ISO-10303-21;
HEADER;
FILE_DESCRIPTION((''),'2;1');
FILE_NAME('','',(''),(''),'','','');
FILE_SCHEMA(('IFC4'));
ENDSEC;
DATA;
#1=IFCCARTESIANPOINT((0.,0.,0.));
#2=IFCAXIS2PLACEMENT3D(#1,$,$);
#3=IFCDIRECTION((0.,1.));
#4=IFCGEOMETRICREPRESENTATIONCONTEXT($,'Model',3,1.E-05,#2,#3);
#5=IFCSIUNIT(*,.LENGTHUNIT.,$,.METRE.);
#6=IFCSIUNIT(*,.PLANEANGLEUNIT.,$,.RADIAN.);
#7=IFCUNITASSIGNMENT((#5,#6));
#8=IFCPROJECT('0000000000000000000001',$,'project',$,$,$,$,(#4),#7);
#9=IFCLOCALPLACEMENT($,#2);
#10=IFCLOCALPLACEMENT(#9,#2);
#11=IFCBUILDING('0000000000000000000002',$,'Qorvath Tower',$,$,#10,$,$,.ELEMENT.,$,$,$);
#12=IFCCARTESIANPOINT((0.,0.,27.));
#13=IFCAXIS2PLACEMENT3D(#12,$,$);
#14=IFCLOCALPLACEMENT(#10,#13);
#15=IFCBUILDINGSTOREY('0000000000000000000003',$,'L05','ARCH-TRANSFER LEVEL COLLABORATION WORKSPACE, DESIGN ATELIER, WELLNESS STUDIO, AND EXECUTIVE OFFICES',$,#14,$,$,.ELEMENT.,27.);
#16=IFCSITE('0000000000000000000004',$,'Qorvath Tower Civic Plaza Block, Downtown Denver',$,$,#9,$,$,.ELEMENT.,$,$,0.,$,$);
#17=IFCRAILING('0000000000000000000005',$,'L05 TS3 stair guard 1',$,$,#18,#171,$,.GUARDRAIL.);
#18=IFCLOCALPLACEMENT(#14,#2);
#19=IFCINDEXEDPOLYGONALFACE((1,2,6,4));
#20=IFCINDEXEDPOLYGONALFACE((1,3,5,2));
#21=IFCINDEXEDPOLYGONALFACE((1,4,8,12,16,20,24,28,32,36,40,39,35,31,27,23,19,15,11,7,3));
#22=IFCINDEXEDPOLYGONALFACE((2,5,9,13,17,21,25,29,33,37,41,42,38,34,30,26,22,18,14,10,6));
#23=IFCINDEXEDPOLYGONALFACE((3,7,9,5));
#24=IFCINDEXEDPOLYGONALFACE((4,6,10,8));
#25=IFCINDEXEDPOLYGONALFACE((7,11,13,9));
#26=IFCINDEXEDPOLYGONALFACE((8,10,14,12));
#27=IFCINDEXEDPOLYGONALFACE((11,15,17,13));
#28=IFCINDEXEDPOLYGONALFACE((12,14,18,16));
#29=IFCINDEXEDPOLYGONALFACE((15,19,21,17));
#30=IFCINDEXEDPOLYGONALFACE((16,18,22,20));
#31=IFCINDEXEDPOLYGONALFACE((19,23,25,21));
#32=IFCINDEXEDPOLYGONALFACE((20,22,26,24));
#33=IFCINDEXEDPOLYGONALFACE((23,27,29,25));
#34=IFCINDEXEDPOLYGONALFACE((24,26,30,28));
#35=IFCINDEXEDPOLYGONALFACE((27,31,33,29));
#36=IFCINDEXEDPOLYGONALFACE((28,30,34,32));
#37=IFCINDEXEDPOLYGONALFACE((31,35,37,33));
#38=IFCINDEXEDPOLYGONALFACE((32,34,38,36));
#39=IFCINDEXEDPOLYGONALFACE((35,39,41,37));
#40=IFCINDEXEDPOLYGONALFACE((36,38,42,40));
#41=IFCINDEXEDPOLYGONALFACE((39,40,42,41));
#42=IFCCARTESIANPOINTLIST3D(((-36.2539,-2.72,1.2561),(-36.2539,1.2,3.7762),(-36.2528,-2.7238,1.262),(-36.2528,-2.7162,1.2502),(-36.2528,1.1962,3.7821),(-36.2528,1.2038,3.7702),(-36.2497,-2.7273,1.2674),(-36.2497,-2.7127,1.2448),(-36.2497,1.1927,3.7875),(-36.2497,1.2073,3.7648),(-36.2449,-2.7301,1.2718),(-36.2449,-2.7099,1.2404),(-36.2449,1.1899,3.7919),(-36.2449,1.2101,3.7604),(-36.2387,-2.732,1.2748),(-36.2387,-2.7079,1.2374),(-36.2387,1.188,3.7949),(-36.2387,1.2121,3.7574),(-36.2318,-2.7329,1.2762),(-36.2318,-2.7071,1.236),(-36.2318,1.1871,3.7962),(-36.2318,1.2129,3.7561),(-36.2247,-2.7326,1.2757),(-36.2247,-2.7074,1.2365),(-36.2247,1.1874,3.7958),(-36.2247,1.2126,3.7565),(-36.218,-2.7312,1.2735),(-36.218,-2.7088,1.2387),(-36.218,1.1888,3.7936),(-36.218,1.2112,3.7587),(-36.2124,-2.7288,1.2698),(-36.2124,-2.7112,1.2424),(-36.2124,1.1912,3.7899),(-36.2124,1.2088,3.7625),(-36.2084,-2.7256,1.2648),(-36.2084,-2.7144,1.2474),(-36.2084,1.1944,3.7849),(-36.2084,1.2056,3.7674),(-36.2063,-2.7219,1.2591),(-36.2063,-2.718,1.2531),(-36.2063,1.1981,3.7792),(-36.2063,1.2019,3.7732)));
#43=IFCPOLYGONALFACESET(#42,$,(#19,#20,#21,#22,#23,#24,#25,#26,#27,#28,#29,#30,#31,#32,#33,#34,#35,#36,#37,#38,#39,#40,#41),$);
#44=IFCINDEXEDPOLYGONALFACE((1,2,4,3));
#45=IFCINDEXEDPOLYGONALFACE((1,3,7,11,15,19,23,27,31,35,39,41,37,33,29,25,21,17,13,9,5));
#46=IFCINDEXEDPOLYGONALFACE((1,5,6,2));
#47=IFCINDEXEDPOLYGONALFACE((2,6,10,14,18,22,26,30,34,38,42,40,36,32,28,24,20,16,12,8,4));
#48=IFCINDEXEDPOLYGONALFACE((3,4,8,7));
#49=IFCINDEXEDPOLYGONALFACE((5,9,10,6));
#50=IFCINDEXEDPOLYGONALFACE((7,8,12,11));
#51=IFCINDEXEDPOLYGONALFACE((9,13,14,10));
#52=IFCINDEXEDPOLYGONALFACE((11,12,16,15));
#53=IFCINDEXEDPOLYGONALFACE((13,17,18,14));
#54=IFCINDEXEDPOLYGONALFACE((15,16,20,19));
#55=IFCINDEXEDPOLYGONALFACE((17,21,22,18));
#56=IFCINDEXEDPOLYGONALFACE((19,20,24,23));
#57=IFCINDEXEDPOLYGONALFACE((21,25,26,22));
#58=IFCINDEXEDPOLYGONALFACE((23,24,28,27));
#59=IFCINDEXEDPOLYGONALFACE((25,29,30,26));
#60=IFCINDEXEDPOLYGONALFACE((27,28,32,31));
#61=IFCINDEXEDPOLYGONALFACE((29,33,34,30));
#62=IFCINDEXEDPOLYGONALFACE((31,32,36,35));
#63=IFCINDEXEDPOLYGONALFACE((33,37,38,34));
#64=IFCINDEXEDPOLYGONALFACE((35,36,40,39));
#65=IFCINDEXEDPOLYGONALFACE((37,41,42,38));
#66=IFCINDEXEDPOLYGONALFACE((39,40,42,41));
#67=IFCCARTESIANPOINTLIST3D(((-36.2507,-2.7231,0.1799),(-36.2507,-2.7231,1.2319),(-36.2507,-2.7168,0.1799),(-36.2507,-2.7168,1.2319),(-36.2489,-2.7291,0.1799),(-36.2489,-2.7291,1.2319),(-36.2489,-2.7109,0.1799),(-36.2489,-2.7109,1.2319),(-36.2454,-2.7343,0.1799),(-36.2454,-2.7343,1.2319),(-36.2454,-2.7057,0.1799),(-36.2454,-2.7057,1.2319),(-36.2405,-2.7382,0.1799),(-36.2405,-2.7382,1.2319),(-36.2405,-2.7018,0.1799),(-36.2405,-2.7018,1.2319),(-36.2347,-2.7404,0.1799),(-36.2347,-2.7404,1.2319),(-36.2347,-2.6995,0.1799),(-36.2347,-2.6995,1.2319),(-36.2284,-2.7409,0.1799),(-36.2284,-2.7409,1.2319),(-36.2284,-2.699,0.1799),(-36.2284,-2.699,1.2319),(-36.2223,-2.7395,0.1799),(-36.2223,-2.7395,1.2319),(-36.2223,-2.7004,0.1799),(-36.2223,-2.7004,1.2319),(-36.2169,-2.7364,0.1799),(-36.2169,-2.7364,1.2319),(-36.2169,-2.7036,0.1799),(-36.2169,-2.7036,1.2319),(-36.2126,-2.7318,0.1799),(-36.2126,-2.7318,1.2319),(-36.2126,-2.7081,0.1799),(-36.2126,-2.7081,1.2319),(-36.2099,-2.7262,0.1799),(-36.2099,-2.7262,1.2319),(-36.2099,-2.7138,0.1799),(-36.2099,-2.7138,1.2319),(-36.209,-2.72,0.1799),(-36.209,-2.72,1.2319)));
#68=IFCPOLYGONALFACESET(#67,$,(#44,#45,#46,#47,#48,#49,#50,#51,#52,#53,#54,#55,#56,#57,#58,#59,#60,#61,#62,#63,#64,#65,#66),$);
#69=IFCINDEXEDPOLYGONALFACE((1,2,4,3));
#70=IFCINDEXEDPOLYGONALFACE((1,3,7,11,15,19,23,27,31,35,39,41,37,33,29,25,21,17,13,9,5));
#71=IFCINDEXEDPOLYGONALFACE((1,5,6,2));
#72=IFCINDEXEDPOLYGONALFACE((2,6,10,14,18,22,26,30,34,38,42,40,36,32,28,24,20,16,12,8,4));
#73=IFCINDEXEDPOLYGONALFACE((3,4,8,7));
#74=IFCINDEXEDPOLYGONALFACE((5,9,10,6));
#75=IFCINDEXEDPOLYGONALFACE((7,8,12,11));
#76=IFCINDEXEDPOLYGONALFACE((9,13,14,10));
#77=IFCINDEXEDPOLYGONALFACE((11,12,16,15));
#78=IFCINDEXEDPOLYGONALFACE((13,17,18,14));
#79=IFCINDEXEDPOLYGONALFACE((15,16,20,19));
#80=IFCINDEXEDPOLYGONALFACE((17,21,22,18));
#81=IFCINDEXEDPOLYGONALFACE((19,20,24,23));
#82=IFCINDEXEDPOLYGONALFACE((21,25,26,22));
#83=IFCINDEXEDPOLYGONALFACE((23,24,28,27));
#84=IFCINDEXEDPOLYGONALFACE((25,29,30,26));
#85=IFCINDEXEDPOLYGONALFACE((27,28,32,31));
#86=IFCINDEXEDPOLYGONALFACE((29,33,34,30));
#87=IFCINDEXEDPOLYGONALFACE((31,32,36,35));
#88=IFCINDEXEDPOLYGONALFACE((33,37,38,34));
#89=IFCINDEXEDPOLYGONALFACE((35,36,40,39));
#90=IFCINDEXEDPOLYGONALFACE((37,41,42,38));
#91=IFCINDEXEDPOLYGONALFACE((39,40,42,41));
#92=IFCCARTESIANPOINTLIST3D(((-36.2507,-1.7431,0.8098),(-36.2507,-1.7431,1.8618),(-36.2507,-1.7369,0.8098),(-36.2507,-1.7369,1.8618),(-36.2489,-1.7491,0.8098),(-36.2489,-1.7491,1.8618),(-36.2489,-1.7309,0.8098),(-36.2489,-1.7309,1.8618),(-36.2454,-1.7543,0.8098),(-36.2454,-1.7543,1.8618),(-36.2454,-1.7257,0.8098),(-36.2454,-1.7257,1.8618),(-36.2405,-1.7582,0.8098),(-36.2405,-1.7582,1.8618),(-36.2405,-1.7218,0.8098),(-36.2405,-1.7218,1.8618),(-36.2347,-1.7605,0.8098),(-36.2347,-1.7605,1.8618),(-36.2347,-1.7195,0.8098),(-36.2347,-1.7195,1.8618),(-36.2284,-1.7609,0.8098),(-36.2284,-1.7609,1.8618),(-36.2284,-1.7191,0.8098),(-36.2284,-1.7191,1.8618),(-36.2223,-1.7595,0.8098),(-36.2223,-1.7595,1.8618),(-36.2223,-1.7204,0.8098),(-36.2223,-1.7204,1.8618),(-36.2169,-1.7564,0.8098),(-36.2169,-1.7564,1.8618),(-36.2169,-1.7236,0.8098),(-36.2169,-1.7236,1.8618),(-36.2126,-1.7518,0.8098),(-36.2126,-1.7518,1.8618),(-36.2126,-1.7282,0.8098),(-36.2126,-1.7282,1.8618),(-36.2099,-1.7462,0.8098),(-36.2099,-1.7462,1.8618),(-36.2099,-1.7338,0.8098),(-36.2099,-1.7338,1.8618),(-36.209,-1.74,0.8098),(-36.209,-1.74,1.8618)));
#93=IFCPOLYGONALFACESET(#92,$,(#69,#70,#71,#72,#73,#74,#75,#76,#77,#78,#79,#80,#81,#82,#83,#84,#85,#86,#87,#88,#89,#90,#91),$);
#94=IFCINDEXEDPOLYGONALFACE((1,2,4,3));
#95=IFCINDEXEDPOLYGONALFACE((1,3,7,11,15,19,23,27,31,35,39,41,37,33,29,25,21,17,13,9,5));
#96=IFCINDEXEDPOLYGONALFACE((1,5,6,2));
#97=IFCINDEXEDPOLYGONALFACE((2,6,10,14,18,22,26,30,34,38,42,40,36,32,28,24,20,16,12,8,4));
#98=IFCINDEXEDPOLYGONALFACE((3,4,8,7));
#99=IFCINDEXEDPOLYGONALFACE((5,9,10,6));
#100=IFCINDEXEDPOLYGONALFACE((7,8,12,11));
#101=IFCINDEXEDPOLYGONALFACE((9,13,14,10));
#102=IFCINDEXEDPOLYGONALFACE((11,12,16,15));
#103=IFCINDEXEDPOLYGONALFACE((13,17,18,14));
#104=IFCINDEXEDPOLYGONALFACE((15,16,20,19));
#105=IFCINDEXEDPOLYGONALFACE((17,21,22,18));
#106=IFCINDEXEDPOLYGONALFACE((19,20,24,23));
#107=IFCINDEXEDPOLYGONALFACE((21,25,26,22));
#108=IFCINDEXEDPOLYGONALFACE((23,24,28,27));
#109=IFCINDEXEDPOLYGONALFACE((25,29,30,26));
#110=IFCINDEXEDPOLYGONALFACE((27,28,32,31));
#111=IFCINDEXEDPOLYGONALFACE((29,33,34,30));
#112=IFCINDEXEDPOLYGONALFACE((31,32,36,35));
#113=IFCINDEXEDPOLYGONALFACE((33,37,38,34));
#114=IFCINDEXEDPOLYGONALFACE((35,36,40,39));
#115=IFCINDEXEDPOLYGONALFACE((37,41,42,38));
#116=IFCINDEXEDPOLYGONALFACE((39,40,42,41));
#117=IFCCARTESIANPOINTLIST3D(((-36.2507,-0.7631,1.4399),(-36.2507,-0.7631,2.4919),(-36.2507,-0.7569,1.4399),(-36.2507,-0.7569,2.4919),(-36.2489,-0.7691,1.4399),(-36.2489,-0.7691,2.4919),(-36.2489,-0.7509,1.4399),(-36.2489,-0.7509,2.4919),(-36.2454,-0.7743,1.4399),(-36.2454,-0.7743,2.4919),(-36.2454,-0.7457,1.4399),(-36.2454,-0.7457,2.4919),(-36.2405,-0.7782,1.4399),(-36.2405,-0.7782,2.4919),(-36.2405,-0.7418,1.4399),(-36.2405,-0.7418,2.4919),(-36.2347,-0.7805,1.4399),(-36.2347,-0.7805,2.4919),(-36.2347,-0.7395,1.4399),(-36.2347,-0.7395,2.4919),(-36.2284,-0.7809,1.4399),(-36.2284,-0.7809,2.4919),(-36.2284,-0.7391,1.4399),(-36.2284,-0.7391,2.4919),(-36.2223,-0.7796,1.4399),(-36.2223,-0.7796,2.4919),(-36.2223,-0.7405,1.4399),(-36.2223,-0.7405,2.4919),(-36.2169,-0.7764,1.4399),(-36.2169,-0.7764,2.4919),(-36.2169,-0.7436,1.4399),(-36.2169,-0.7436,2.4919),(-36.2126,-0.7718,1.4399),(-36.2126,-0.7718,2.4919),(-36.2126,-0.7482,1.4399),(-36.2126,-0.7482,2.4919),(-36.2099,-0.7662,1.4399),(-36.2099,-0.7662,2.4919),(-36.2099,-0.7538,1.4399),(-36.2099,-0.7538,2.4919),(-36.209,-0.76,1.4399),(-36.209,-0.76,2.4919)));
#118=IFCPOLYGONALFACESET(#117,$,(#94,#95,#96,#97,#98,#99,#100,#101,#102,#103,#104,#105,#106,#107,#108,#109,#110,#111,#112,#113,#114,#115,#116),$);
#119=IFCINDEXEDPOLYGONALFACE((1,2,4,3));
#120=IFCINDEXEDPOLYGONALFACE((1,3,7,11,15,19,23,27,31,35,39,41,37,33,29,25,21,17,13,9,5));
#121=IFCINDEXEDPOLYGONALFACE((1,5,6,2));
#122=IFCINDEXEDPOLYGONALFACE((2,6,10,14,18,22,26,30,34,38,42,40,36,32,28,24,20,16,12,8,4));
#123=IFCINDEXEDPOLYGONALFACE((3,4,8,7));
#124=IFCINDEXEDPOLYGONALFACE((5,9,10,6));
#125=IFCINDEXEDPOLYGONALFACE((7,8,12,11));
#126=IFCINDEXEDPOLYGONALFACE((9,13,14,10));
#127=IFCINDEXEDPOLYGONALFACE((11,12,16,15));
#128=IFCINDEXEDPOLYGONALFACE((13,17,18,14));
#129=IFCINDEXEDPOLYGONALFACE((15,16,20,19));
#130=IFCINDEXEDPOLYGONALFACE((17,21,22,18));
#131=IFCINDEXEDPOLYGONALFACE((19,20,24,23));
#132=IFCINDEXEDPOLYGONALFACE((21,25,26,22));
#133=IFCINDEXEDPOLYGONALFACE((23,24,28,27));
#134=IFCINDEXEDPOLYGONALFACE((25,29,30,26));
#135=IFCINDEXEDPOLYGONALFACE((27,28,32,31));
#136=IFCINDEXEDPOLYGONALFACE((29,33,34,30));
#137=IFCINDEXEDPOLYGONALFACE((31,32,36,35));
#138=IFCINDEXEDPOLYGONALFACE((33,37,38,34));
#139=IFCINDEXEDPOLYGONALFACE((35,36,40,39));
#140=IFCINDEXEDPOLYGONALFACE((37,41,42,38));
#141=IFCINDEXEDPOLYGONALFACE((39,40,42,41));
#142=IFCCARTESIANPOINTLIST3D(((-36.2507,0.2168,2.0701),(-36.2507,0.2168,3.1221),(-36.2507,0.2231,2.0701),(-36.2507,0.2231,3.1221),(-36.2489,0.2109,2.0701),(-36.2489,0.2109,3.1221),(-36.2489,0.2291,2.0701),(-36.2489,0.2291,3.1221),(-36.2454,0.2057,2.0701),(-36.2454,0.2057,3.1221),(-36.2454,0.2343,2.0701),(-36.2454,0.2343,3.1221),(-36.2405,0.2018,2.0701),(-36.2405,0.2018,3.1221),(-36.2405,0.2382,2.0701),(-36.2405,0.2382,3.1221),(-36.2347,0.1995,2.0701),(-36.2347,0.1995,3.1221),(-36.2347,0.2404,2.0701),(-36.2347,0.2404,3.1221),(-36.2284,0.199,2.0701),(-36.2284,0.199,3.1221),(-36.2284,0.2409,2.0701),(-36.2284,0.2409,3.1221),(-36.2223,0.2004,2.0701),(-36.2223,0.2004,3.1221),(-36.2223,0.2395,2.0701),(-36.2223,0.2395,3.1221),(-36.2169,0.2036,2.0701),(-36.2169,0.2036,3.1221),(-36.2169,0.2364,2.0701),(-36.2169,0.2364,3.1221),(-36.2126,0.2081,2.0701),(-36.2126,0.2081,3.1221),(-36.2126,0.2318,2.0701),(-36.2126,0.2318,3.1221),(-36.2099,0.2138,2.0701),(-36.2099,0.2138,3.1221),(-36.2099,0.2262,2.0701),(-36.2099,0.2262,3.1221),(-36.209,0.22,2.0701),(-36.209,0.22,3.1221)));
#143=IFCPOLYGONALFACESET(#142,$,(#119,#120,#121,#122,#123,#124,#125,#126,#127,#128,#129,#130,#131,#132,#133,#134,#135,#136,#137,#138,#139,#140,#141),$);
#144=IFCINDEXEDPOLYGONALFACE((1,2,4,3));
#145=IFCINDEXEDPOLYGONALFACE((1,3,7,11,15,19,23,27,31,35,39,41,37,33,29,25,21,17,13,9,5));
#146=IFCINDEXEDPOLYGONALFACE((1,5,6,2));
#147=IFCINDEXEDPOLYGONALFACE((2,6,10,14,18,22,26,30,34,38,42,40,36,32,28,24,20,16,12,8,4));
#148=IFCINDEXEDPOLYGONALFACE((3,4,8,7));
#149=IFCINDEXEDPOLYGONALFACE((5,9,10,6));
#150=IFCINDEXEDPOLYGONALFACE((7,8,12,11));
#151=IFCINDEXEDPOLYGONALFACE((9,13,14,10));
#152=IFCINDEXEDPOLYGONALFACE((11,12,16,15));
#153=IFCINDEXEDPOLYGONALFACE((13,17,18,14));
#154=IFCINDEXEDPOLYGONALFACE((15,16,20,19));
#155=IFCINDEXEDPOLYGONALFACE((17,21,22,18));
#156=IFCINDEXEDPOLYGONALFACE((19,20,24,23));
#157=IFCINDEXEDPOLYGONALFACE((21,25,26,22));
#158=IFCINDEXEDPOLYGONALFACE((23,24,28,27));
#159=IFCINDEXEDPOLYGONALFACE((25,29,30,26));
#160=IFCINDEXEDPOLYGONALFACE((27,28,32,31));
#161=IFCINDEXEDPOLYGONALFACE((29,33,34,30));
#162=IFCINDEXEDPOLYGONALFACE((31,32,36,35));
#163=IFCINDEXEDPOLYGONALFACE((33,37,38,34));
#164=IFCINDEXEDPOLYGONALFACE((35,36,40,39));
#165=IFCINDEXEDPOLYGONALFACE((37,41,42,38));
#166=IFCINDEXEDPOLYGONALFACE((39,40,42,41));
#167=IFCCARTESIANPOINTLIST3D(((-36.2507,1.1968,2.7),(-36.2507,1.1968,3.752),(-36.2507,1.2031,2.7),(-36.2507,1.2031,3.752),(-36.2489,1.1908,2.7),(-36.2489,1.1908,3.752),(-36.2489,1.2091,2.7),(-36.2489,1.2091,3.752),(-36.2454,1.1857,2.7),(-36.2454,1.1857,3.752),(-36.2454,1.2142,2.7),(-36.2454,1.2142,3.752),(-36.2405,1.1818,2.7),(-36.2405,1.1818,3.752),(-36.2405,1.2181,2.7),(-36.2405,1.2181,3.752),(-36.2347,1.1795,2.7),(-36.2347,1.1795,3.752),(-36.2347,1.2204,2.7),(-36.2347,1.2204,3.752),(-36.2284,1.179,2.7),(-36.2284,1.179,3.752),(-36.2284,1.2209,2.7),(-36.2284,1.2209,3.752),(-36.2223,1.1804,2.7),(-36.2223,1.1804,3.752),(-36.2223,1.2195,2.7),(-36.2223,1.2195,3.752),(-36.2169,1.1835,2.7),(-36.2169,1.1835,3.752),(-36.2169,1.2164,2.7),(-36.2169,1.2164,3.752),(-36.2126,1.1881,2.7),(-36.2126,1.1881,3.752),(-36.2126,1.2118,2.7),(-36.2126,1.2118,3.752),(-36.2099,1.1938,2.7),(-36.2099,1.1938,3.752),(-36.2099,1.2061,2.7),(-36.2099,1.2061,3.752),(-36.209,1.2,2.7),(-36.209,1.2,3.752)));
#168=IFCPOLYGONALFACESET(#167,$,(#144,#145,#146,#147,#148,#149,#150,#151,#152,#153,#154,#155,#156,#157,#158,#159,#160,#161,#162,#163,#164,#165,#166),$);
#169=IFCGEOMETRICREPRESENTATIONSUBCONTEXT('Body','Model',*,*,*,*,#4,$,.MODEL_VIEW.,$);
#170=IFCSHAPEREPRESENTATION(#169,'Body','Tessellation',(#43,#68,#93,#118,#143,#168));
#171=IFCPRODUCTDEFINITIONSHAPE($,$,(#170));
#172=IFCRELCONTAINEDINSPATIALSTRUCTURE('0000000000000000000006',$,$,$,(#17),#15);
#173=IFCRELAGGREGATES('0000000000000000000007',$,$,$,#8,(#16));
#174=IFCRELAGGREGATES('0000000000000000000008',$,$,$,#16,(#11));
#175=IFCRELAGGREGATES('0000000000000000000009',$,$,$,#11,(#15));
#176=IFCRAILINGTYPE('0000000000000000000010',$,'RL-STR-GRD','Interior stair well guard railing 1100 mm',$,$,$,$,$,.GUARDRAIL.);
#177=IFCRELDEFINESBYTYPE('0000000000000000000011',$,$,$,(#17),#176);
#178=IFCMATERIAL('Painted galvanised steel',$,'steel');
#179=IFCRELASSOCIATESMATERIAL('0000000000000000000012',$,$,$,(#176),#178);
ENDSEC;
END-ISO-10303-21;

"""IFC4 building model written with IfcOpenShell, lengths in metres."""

from ifc_helpers import new_model, si_unit, direction, frame, origin, origin_2d, place, context, subcontext, project, spatial, circle, extrude, material, type_object, element, save


model = new_model("IFC4")

# Units and contexts
model_context = context("Model", 3, precision=1e-05, world=origin(), true_north=direction((0.0, 1.0)))
body_context = subcontext(model_context, "Body", "Model", "MODEL_VIEW")
ifc_project = project(units=[si_unit("LENGTHUNIT", "METRE"), si_unit("PLANEANGLEUNIT", "RADIAN")], contexts=[model_context])

# Site, building, storey
site_placement = place(None, origin())
site = spatial("IfcSite", under=ifc_project, at=site_placement, Name="Qorvath Tower Civic Plaza Block, Downtown Denver", CompositionType="ELEMENT", RefElevation=0.0)
building_placement = place(site_placement, origin())
building = spatial("IfcBuilding", under=site, at=building_placement, Name="Qorvath Tower", CompositionType="ELEMENT")
storey_placement = place(building_placement, frame((0.0, 0.0, 27.0)))
storey = spatial("IfcBuildingStorey", under=building, at=storey_placement, Name="L05", Description="ARCH-TRANSFER LEVEL COLLABORATION WORKSPACE, DESIGN ATELIER, WELLNESS STUDIO, AND EXECUTIVE OFFICES", CompositionType="ELEMENT", Elevation=27.0)

# Railing
ifc_material_1 = material(Name="Painted galvanised steel", Category="steel")
railing_type_1 = type_object("IfcRailingType", Name="RL-STR-GRD", Description="Interior stair well guard railing 1100 mm", PredefinedType="GUARDRAIL", material=ifc_material_1)
railing_1_placement = place(storey_placement, frame((-36.23, -2.72, 0.1799)))
element("IfcRailing", 1, at=railing_1_placement, inside=storey, type_object=railing_type_1, Name="L05 TS3 stair guard 1", PredefinedType="GUARDRAIL", context=body_context, shape_type="SweptSolid", body=[
    extrude(circle(Radius=0.0239, at=origin_2d()), frame((0.0, 0.0, 1.0762), z_axis=(0.0, 0.841172, 0.540768), x_axis=(-1.0, 0.0, 0.0)), (0.0, 0.0, 1.0), 4.6602),
    extrude(circle(Radius=0.021, at=origin_2d()), origin(), (0.0, 0.0, 1.0), 1.052),
    extrude(circle(Radius=0.021, at=origin_2d()), frame((0.0, 0.98, 0.6299)), (0.0, 0.0, 1.0), 1.052),
    extrude(circle(Radius=0.021, at=origin_2d()), frame((0.0, 1.96, 1.26)), (0.0, 0.0, 1.0), 1.052),
    extrude(circle(Radius=0.021, at=origin_2d()), frame((0.0, 2.9399, 1.8901)), (0.0, 0.0, 1.0), 1.052),
    extrude(circle(Radius=0.021, at=origin_2d()), frame((0.0, 3.9199, 2.52)), (0.0, 0.0, 1.0), 1.052),
])

save(model, "model.ifc")
